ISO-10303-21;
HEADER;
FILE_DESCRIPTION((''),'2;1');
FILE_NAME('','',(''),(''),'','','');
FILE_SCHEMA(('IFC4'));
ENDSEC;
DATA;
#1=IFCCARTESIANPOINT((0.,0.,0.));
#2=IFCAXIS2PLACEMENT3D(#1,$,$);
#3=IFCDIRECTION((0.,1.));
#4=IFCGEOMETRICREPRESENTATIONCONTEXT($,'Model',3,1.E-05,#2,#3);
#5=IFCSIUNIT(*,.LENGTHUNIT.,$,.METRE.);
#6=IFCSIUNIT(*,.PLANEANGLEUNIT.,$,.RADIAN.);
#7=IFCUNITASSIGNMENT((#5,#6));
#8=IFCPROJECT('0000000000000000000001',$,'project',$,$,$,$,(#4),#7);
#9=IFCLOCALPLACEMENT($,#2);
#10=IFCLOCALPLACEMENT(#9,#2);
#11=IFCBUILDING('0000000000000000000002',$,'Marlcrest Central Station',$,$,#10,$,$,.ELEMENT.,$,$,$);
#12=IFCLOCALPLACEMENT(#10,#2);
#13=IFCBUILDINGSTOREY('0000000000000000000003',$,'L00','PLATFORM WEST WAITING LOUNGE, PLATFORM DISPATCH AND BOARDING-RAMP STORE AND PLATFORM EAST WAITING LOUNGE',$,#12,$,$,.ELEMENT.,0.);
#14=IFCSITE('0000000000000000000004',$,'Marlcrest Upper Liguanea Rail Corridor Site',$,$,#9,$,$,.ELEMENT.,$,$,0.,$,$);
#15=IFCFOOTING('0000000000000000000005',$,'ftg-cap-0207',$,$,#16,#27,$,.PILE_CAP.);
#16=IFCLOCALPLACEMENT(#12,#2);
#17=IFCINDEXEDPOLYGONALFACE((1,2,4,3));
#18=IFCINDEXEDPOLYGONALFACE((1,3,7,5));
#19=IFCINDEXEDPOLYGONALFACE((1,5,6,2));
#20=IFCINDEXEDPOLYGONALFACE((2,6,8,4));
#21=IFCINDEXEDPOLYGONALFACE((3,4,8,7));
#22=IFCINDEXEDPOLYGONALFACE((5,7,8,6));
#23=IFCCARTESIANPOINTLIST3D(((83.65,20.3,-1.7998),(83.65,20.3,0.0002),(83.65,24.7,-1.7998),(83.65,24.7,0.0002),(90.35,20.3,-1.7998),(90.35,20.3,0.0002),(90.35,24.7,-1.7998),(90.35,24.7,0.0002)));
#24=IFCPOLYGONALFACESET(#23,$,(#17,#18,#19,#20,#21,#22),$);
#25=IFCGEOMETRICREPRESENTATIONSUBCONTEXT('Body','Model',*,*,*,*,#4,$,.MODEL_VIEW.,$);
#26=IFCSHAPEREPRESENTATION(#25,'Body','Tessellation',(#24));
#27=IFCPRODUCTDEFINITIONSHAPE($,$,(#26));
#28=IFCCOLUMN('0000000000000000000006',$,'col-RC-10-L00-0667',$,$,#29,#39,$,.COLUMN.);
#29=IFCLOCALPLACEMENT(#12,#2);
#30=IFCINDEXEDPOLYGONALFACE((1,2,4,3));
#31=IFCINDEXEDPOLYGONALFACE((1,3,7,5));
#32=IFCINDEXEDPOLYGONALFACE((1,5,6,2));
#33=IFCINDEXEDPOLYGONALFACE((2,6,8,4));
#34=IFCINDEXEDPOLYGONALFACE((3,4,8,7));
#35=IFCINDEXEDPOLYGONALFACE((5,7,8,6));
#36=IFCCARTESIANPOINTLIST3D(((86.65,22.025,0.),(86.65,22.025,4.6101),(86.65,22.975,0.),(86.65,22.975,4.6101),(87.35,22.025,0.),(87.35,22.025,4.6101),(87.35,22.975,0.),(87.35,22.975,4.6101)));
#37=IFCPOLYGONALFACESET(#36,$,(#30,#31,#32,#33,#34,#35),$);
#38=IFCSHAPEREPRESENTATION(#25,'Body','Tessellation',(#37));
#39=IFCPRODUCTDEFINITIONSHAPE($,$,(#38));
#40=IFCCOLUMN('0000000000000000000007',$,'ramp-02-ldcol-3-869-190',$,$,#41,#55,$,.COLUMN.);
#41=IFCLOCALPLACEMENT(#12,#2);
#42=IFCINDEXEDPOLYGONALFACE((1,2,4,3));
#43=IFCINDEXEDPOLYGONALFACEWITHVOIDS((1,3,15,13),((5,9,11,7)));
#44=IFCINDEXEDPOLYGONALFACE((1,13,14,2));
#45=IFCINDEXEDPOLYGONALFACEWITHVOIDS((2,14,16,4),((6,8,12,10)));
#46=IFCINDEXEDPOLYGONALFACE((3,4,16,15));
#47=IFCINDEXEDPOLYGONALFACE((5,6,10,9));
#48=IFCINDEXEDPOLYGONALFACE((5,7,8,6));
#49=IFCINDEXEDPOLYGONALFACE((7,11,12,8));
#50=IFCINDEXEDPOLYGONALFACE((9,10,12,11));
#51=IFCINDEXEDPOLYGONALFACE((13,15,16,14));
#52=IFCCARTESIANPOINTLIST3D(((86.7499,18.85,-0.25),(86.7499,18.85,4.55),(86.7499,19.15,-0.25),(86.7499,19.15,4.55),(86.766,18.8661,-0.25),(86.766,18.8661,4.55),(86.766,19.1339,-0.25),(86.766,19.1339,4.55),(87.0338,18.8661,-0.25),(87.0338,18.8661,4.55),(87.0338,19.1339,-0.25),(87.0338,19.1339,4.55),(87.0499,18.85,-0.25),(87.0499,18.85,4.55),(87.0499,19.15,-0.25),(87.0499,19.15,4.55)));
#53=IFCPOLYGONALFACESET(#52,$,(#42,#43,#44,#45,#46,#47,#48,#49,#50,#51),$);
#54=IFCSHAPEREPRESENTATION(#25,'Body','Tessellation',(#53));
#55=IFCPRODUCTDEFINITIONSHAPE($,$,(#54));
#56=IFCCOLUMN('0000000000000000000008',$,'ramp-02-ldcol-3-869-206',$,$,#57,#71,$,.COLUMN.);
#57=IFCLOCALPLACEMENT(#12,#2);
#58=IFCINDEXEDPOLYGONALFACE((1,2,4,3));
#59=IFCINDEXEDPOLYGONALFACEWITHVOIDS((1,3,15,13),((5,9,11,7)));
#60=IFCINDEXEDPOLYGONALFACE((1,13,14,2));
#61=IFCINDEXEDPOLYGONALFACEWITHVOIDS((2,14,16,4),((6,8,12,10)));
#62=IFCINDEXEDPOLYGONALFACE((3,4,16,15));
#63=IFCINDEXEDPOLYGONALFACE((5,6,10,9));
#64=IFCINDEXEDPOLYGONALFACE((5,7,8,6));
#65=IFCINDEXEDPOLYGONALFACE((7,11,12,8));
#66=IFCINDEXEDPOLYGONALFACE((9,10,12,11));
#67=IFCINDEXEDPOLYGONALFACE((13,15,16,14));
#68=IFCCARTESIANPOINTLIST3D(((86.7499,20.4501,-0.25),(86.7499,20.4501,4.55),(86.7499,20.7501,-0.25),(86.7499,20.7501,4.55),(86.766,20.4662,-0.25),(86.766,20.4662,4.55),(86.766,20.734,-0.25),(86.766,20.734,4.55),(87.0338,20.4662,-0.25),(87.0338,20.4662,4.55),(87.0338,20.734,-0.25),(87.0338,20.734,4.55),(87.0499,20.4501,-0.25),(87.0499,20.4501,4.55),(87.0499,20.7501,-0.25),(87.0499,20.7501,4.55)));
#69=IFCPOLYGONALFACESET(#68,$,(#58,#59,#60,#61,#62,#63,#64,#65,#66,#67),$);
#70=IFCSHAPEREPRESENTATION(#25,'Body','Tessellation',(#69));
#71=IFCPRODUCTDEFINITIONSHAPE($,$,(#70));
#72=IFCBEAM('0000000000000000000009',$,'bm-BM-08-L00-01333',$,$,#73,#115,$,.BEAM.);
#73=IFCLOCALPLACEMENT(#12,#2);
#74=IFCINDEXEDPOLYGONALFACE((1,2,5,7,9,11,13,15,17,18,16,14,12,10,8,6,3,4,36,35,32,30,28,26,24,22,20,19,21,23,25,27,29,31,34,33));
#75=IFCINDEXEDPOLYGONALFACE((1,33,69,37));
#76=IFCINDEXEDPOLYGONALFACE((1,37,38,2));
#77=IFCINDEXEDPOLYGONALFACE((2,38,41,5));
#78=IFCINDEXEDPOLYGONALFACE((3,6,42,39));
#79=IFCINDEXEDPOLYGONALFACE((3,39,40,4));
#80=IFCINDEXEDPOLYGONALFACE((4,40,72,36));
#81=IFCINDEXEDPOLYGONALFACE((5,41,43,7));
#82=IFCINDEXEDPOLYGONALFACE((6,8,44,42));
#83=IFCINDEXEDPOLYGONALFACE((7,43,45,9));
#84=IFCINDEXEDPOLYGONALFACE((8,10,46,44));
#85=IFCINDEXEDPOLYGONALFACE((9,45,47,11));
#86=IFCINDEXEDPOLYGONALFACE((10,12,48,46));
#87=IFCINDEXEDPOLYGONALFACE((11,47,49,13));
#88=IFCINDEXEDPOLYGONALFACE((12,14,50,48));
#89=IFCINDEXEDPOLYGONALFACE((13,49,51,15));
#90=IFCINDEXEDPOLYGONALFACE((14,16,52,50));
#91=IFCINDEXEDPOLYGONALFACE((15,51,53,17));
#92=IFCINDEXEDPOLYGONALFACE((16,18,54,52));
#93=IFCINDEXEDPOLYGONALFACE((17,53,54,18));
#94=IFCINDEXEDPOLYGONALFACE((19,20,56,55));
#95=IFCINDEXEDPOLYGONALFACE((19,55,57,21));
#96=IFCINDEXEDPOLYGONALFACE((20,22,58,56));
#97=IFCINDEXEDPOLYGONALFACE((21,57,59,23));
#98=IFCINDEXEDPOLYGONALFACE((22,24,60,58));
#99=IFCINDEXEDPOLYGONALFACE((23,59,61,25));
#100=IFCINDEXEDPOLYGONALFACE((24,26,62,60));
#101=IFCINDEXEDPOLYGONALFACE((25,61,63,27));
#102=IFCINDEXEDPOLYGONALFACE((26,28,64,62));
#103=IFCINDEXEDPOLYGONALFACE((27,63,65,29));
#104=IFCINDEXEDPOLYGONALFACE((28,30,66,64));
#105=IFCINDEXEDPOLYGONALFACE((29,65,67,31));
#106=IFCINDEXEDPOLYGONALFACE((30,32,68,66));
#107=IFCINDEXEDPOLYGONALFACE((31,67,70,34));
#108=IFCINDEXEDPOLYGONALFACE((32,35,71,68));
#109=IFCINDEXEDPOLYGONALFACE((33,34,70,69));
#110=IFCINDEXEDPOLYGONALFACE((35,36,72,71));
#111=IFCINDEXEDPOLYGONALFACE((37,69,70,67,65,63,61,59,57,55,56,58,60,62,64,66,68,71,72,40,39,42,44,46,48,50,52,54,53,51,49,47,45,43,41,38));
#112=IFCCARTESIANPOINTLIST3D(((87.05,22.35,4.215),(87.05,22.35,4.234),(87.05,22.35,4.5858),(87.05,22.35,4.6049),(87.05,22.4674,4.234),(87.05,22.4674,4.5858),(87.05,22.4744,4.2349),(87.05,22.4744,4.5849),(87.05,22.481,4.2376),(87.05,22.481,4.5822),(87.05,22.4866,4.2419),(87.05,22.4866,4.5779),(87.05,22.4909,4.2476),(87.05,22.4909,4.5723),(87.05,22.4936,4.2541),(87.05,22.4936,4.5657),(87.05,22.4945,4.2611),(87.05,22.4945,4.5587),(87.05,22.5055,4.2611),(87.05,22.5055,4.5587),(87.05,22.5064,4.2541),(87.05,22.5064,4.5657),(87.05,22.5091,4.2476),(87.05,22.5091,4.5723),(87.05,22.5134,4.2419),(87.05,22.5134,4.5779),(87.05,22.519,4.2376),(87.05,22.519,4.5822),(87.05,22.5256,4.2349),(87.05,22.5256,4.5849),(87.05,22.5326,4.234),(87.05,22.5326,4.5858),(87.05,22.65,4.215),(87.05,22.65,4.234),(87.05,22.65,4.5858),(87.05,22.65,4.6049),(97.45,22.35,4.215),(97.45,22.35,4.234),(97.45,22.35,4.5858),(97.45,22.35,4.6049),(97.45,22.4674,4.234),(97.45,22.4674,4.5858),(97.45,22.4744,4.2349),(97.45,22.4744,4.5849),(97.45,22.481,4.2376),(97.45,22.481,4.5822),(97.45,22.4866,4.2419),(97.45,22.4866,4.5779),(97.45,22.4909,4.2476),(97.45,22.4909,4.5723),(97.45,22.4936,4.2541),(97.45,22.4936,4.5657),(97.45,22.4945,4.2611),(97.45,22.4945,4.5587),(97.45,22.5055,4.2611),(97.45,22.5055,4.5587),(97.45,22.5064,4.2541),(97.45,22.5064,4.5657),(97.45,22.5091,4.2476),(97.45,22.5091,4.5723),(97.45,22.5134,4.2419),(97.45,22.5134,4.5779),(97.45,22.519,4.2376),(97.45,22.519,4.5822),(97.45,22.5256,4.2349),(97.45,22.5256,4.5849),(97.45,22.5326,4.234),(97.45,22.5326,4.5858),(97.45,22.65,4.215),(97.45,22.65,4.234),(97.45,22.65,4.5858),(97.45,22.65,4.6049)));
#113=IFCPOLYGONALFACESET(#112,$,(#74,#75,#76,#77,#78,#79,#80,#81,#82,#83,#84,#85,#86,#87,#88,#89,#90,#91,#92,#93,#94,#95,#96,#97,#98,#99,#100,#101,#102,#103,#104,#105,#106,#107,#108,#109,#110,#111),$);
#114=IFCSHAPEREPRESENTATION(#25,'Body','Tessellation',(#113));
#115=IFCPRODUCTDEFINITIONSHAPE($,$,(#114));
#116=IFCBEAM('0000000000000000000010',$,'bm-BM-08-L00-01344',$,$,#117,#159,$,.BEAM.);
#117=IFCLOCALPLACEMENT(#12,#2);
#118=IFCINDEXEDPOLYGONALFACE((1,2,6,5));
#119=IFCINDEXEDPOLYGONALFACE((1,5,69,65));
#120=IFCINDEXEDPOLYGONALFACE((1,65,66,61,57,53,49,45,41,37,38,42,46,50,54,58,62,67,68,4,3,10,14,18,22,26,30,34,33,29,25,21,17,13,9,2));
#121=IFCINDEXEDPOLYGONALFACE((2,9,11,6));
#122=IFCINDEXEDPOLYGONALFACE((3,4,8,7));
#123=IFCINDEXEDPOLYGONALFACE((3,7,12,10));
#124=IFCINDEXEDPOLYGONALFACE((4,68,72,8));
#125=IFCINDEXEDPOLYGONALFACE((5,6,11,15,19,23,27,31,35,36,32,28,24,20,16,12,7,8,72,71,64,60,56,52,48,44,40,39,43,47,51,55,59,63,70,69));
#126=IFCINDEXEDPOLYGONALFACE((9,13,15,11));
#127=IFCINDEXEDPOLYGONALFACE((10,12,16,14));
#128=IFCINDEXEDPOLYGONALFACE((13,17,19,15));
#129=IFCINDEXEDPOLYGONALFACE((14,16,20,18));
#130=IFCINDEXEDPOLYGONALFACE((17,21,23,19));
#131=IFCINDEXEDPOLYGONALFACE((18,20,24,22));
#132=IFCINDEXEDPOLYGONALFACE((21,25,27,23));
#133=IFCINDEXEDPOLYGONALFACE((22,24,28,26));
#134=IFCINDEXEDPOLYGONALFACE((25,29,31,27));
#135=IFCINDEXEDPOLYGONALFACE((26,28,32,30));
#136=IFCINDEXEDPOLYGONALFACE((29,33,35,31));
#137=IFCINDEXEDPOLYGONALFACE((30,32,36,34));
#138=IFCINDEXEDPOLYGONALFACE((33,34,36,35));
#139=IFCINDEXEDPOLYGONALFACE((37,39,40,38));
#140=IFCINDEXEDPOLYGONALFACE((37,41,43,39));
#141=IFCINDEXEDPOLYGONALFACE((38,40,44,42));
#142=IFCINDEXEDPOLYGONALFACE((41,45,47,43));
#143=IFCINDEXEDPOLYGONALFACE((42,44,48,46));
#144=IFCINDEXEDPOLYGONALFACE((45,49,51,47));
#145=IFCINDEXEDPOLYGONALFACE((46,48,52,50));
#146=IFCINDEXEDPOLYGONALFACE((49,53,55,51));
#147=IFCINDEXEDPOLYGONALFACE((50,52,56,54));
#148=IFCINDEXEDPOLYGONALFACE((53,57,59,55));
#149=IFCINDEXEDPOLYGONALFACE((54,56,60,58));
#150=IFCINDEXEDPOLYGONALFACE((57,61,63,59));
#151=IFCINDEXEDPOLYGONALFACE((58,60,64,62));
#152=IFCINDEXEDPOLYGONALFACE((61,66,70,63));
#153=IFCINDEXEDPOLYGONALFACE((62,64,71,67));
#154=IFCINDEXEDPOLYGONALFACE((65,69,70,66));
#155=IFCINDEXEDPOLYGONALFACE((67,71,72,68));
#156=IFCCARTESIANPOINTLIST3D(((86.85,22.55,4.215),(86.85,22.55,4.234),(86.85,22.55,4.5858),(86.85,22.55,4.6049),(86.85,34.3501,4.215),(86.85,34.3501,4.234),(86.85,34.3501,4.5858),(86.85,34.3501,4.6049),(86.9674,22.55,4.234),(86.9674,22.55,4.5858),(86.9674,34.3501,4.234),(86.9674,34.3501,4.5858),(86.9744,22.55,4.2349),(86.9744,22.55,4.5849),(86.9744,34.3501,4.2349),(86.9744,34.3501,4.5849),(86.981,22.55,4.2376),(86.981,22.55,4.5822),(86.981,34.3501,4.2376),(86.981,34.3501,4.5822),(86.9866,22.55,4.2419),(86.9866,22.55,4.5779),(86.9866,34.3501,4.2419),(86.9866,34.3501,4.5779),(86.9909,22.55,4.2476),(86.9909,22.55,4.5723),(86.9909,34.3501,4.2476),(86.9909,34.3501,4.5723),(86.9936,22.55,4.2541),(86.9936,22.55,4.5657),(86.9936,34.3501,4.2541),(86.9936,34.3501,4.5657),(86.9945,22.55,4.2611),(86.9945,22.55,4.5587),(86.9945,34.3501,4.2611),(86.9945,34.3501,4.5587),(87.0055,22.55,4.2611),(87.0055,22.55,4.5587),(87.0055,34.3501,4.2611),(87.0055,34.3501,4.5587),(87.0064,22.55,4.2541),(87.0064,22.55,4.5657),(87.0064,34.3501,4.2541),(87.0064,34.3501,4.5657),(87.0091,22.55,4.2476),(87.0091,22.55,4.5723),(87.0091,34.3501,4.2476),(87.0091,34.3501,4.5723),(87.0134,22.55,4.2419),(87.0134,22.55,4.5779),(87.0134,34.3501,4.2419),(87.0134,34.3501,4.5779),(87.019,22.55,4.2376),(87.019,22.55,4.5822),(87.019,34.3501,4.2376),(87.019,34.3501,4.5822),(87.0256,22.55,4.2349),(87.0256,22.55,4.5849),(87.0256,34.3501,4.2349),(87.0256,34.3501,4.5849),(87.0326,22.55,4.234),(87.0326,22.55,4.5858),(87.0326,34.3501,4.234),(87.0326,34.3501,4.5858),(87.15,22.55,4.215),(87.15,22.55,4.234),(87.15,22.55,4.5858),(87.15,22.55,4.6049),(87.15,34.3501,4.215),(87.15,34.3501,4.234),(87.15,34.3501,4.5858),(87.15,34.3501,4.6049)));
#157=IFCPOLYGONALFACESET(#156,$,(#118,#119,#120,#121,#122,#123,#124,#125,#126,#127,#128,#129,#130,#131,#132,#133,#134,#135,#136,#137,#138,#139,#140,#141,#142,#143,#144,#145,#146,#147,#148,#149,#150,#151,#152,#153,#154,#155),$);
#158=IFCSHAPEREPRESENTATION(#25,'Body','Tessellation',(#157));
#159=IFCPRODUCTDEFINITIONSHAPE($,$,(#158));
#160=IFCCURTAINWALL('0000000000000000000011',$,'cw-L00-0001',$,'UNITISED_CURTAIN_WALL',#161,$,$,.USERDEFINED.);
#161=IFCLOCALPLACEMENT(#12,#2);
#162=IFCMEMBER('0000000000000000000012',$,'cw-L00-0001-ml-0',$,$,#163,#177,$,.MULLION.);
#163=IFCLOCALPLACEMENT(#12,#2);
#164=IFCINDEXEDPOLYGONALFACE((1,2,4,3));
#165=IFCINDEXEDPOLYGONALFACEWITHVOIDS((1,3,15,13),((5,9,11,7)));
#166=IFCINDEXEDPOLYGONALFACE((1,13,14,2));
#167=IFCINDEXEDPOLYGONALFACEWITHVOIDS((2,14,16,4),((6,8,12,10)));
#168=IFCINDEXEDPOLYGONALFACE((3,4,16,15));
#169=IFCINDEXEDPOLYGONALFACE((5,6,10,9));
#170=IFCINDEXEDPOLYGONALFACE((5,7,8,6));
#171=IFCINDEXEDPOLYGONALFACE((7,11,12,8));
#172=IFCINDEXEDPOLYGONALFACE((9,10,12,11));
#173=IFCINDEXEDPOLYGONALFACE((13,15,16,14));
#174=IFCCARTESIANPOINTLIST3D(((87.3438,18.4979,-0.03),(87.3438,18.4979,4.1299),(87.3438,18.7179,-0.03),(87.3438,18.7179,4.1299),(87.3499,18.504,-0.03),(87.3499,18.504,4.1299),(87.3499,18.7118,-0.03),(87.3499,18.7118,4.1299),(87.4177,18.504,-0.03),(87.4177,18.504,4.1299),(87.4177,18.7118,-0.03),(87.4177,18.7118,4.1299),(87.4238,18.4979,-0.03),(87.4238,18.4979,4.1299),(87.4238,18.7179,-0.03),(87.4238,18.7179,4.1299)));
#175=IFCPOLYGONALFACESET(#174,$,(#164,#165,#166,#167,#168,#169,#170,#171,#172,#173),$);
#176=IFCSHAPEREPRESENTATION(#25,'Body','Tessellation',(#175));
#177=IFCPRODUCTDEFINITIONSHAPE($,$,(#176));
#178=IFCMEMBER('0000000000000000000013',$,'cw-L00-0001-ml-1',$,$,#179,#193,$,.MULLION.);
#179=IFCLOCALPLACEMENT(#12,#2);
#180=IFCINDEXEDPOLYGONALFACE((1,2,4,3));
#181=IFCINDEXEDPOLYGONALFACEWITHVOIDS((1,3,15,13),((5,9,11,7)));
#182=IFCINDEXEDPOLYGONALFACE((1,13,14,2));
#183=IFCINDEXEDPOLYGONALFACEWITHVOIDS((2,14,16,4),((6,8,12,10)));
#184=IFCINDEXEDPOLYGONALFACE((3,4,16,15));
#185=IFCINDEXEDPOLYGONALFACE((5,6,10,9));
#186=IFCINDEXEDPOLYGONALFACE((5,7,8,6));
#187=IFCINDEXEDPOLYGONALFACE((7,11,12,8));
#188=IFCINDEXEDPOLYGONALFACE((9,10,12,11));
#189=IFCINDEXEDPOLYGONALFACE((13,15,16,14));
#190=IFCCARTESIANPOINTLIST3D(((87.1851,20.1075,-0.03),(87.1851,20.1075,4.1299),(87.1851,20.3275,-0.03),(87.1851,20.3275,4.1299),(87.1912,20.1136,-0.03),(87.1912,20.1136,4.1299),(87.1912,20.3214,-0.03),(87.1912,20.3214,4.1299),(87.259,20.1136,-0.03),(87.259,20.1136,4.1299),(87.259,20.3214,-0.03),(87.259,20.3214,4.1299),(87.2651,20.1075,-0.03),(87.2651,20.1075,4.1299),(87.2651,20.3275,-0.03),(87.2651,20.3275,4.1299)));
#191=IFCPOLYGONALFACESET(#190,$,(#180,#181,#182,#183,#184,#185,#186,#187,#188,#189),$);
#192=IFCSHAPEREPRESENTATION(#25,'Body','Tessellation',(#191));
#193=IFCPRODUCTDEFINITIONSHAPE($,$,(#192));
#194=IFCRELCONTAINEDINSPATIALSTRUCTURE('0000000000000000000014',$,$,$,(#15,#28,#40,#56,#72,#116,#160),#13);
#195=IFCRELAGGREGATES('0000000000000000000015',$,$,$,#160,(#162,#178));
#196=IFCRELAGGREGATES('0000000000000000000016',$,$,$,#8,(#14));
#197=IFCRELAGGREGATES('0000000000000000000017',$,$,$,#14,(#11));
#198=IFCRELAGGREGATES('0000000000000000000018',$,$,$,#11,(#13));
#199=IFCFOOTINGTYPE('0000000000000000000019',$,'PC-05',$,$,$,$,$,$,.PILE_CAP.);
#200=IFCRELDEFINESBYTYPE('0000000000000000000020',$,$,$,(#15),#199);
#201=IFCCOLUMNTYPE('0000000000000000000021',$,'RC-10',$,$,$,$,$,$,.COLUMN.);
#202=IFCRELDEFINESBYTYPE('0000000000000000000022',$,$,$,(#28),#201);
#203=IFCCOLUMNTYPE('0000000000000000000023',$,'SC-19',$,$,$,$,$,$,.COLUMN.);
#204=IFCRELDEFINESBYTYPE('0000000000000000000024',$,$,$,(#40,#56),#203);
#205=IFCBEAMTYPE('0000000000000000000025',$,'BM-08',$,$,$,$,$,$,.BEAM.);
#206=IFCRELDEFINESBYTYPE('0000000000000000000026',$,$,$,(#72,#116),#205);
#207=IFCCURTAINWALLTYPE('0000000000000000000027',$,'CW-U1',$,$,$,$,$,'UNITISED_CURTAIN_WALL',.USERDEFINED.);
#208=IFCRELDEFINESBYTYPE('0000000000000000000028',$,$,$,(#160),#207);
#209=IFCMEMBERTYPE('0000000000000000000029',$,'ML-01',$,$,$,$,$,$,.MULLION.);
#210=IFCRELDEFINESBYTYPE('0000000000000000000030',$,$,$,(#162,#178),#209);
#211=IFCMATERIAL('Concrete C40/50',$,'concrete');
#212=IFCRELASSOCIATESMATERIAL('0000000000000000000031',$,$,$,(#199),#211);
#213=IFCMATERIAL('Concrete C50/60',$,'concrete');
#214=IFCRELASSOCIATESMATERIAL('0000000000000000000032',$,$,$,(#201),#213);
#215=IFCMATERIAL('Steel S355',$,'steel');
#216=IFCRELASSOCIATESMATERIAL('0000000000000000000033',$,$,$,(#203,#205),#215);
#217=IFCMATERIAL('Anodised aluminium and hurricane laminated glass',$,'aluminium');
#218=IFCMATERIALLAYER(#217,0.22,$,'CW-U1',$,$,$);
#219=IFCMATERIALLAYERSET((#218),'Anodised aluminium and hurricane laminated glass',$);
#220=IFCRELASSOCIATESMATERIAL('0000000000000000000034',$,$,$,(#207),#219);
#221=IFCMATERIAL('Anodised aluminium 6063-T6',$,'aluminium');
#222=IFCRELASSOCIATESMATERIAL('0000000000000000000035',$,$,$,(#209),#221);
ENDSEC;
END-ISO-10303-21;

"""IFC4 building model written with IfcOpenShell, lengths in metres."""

from ifc_helpers import new_model, si_unit, direction, frame, origin, origin_2d, place, context, subcontext, project, spatial, rectangle, hollow_rectangle, i_section, extrude, material, layer, layer_set, material_profile, profile_set, type_object, element, aggregate, save


model = new_model("IFC4")

# Units and contexts
model_context = context("Model", 3, precision=1e-05, world=origin(), true_north=direction((0.0, 1.0)))
body_context = subcontext(model_context, "Body", "Model", "MODEL_VIEW")
ifc_project = project(units=[si_unit("LENGTHUNIT", "METRE"), si_unit("PLANEANGLEUNIT", "RADIAN")], contexts=[model_context])

# Site, building, storey
site_placement = place(None, origin())
site = spatial("IfcSite", under=ifc_project, at=site_placement, Name="Marlcrest Upper Liguanea Rail Corridor Site", CompositionType="ELEMENT", RefElevation=0.0)
building_placement = place(site_placement, origin())
building = spatial("IfcBuilding", under=site, at=building_placement, Name="Marlcrest Central Station", CompositionType="ELEMENT")
storey_placement = place(building_placement, origin())
storey = spatial("IfcBuildingStorey", under=building, at=storey_placement, Name="L00", Description="PLATFORM WEST WAITING LOUNGE, PLATFORM DISPATCH AND BOARDING-RAMP STORE AND PLATFORM EAST WAITING LOUNGE", CompositionType="ELEMENT", Elevation=0.0)

# Footing
ifc_material_1 = material(Name="Concrete C40/50", Category="concrete")
footing_type = type_object("IfcFootingType", Name="PC-05", PredefinedType="PILE_CAP", material=ifc_material_1)
footing_placement = place(storey_placement, frame((87.0, 22.5, -1.7998), z_axis=(0.0, 0.0, 1.0), x_axis=(1.0, 0.0, 0.0)))
element("IfcFooting", 1, at=footing_placement, inside=storey, type_object=footing_type, Name="ftg-cap-0207", PredefinedType="PILE_CAP", context=body_context, shape_type="SweptSolid", body=[
    extrude(rectangle(XDim=6.7, YDim=4.3999, at=origin_2d()), origin(), (0.0, 0.0, 1.0), 1.8),
])

# Columns
ifc_material_2 = material(Name="Concrete C50/60", Category="concrete")
ifc_material_profile_1 = material_profile(ifc_material_2, rectangle(XDim=0.7, YDim=0.95, at=origin_2d()), Name="RC 700x950")
ifc_profile_set_1 = profile_set([ifc_material_profile_1], Name="Concrete C50/60")
column_type_1 = type_object("IfcColumnType", Name="RC-10", PredefinedType="COLUMN", material=ifc_profile_set_1)
column_placement = place(storey_placement, frame((87.0, 22.5, 0.0), z_axis=(0.0, 0.0, 1.0), x_axis=(1.0, 0.0, 0.0)))
element("IfcColumn", 2, at=column_placement, inside=storey, type_object=column_type_1, Name="col-RC-10-L00-0667", PredefinedType="COLUMN", context=body_context, shape_type="SweptSolid", body=[
    extrude(rectangle(XDim=0.7, YDim=0.95, at=origin_2d()), origin(), (0.0, 0.0, 1.0), 4.6101),
])
ifc_material_3 = material(Name="Steel S355", Category="steel")
ifc_material_profile_2 = material_profile(ifc_material_3, hollow_rectangle(XDim=0.3, YDim=0.3, WallThickness=0.0161, at=origin_2d()), Name="SHS 300x300x16")
ifc_profile_set_2 = profile_set([ifc_material_profile_2], Name="Steel S355")
column_type_2 = type_object("IfcColumnType", Name="SC-19", PredefinedType="COLUMN", material=ifc_profile_set_2)
for number, where, z_axis, x_axis, name in (
    (3, (86.8999, 19.0, -0.25), (0.0, 0.0, 1.0), (1.0, 0.0, 0.0), "ramp-02-ldcol-3-869-190"),
    (4, (86.8999, 20.6001, -0.25), (0.0, 0.0, 1.0), (1.0, 0.0, 0.0), "ramp-02-ldcol-3-869-206"),
):
    element("IfcColumn", number, at=place(storey_placement, frame(where, z_axis=z_axis, x_axis=x_axis)), inside=storey, type_object=column_type_2, Name=name, PredefinedType="COLUMN", context=body_context, shape_type="SweptSolid", body=[
        extrude(hollow_rectangle(XDim=0.3, YDim=0.3, WallThickness=0.0161, at=origin_2d()), origin(), (0.0, 0.0, 1.0), 4.8),
    ])

# Beams
ifc_material_profile_3 = material_profile(ifc_material_3, i_section(OverallWidth=0.3, OverallDepth=0.3899, WebThickness=0.011, FlangeThickness=0.019, FilletRadius=0.0271, at=origin_2d()), Name="HEA 400")
ifc_profile_set_3 = profile_set([ifc_material_profile_3], Name="Steel S355")
beam_type_1 = type_object("IfcBeamType", Name="BM-08", PredefinedType="BEAM", material=ifc_profile_set_3)
beam_1_placement = place(storey_placement, frame((87.05, 22.5, 4.4099), z_axis=(1.0, 0.0, 0.0), x_axis=(0.0, 1.0, 0.0)))
element("IfcBeam", 5, at=beam_1_placement, inside=storey, type_object=beam_type_1, Name="bm-BM-08-L00-01333", PredefinedType="BEAM", context=body_context, shape_type="SweptSolid", body=[
    extrude(i_section(OverallWidth=0.3, OverallDepth=0.3899, WebThickness=0.011, FlangeThickness=0.019, FilletRadius=0.0271, at=origin_2d()), origin(), (0.0, 0.0, 1.0), 10.3999),
])
beam_2_placement = place(storey_placement, frame((87.0, 22.55, 4.4099), z_axis=(0.0, 1.0, 0.0), x_axis=(-1.0, 0.0, 0.0)))
element("IfcBeam", 6, at=beam_2_placement, inside=storey, type_object=beam_type_1, Name="bm-BM-08-L00-01344", PredefinedType="BEAM", context=body_context, shape_type="SweptSolid", body=[
    extrude(i_section(OverallWidth=0.3, OverallDepth=0.3899, WebThickness=0.011, FlangeThickness=0.019, FilletRadius=0.0271, at=origin_2d()), origin(), (0.0, 0.0, 1.0), 11.8),
])

# Curtain wall, members
ifc_material_4 = material(Name="Anodised aluminium and hurricane laminated glass", Category="aluminium")
ifc_layer_1 = layer(ifc_material_4, 0.22, Name="CW-U1")
ifc_layer_set_1 = layer_set([ifc_layer_1], Name="Anodised aluminium and hurricane laminated glass")
curtain_wall_type = type_object("IfcCurtainWallType", Name="CW-U1", ElementType="UNITISED_CURTAIN_WALL", PredefinedType="USERDEFINED", material=ifc_layer_set_1)
curtain_wall_1_placement = place(storey_placement, origin())
curtain_wall_1 = element("IfcCurtainWall", 7, at=curtain_wall_1_placement, inside=storey, type_object=curtain_wall_type, Name="cw-L00-0001", ObjectType="UNITISED_CURTAIN_WALL", PredefinedType="USERDEFINED")
ifc_material_5 = material(Name="Anodised aluminium 6063-T6", Category="aluminium")
ifc_material_profile_4 = material_profile(ifc_material_5, hollow_rectangle(XDim=0.0801, YDim=0.22, WallThickness=0.0061, at=origin_2d()), Name="AA-RHS 220x80x6")
ifc_profile_set_4 = profile_set([ifc_material_profile_4], Name="Anodised aluminium 6063-T6")
member_type_1 = type_object("IfcMemberType", Name="ML-01", PredefinedType="MULLION", material=ifc_profile_set_4)
member_1_placement = place(storey_placement, frame((87.3838, 18.6079, -0.03), z_axis=(0.0, 0.0, 1.0), x_axis=(1.0, 0.0, 0.0)))
member_1 = element("IfcMember", 8, at=member_1_placement, type_object=member_type_1, Name="cw-L00-0001-ml-0", PredefinedType="MULLION", context=body_context, shape_type="SweptSolid", body=[
    extrude(hollow_rectangle(XDim=0.0801, YDim=0.22, WallThickness=0.0061, at=origin_2d()), origin(), (0.0, 0.0, 1.0), 4.1599),
])
member_2_placement = place(storey_placement, frame((87.2251, 20.2175, -0.03), z_axis=(0.0, 0.0, 1.0), x_axis=(1.0, 0.0, 0.0)))
member_2 = element("IfcMember", 9, at=member_2_placement, type_object=member_type_1, Name="cw-L00-0001-ml-1", PredefinedType="MULLION", context=body_context, shape_type="SweptSolid", body=[
    extrude(hollow_rectangle(XDim=0.0801, YDim=0.22, WallThickness=0.0061, at=origin_2d()), origin(), (0.0, 0.0, 1.0), 4.1599),
])

aggregate(curtain_wall_1, [member_1, member_2])

save(model, "model.ifc")
